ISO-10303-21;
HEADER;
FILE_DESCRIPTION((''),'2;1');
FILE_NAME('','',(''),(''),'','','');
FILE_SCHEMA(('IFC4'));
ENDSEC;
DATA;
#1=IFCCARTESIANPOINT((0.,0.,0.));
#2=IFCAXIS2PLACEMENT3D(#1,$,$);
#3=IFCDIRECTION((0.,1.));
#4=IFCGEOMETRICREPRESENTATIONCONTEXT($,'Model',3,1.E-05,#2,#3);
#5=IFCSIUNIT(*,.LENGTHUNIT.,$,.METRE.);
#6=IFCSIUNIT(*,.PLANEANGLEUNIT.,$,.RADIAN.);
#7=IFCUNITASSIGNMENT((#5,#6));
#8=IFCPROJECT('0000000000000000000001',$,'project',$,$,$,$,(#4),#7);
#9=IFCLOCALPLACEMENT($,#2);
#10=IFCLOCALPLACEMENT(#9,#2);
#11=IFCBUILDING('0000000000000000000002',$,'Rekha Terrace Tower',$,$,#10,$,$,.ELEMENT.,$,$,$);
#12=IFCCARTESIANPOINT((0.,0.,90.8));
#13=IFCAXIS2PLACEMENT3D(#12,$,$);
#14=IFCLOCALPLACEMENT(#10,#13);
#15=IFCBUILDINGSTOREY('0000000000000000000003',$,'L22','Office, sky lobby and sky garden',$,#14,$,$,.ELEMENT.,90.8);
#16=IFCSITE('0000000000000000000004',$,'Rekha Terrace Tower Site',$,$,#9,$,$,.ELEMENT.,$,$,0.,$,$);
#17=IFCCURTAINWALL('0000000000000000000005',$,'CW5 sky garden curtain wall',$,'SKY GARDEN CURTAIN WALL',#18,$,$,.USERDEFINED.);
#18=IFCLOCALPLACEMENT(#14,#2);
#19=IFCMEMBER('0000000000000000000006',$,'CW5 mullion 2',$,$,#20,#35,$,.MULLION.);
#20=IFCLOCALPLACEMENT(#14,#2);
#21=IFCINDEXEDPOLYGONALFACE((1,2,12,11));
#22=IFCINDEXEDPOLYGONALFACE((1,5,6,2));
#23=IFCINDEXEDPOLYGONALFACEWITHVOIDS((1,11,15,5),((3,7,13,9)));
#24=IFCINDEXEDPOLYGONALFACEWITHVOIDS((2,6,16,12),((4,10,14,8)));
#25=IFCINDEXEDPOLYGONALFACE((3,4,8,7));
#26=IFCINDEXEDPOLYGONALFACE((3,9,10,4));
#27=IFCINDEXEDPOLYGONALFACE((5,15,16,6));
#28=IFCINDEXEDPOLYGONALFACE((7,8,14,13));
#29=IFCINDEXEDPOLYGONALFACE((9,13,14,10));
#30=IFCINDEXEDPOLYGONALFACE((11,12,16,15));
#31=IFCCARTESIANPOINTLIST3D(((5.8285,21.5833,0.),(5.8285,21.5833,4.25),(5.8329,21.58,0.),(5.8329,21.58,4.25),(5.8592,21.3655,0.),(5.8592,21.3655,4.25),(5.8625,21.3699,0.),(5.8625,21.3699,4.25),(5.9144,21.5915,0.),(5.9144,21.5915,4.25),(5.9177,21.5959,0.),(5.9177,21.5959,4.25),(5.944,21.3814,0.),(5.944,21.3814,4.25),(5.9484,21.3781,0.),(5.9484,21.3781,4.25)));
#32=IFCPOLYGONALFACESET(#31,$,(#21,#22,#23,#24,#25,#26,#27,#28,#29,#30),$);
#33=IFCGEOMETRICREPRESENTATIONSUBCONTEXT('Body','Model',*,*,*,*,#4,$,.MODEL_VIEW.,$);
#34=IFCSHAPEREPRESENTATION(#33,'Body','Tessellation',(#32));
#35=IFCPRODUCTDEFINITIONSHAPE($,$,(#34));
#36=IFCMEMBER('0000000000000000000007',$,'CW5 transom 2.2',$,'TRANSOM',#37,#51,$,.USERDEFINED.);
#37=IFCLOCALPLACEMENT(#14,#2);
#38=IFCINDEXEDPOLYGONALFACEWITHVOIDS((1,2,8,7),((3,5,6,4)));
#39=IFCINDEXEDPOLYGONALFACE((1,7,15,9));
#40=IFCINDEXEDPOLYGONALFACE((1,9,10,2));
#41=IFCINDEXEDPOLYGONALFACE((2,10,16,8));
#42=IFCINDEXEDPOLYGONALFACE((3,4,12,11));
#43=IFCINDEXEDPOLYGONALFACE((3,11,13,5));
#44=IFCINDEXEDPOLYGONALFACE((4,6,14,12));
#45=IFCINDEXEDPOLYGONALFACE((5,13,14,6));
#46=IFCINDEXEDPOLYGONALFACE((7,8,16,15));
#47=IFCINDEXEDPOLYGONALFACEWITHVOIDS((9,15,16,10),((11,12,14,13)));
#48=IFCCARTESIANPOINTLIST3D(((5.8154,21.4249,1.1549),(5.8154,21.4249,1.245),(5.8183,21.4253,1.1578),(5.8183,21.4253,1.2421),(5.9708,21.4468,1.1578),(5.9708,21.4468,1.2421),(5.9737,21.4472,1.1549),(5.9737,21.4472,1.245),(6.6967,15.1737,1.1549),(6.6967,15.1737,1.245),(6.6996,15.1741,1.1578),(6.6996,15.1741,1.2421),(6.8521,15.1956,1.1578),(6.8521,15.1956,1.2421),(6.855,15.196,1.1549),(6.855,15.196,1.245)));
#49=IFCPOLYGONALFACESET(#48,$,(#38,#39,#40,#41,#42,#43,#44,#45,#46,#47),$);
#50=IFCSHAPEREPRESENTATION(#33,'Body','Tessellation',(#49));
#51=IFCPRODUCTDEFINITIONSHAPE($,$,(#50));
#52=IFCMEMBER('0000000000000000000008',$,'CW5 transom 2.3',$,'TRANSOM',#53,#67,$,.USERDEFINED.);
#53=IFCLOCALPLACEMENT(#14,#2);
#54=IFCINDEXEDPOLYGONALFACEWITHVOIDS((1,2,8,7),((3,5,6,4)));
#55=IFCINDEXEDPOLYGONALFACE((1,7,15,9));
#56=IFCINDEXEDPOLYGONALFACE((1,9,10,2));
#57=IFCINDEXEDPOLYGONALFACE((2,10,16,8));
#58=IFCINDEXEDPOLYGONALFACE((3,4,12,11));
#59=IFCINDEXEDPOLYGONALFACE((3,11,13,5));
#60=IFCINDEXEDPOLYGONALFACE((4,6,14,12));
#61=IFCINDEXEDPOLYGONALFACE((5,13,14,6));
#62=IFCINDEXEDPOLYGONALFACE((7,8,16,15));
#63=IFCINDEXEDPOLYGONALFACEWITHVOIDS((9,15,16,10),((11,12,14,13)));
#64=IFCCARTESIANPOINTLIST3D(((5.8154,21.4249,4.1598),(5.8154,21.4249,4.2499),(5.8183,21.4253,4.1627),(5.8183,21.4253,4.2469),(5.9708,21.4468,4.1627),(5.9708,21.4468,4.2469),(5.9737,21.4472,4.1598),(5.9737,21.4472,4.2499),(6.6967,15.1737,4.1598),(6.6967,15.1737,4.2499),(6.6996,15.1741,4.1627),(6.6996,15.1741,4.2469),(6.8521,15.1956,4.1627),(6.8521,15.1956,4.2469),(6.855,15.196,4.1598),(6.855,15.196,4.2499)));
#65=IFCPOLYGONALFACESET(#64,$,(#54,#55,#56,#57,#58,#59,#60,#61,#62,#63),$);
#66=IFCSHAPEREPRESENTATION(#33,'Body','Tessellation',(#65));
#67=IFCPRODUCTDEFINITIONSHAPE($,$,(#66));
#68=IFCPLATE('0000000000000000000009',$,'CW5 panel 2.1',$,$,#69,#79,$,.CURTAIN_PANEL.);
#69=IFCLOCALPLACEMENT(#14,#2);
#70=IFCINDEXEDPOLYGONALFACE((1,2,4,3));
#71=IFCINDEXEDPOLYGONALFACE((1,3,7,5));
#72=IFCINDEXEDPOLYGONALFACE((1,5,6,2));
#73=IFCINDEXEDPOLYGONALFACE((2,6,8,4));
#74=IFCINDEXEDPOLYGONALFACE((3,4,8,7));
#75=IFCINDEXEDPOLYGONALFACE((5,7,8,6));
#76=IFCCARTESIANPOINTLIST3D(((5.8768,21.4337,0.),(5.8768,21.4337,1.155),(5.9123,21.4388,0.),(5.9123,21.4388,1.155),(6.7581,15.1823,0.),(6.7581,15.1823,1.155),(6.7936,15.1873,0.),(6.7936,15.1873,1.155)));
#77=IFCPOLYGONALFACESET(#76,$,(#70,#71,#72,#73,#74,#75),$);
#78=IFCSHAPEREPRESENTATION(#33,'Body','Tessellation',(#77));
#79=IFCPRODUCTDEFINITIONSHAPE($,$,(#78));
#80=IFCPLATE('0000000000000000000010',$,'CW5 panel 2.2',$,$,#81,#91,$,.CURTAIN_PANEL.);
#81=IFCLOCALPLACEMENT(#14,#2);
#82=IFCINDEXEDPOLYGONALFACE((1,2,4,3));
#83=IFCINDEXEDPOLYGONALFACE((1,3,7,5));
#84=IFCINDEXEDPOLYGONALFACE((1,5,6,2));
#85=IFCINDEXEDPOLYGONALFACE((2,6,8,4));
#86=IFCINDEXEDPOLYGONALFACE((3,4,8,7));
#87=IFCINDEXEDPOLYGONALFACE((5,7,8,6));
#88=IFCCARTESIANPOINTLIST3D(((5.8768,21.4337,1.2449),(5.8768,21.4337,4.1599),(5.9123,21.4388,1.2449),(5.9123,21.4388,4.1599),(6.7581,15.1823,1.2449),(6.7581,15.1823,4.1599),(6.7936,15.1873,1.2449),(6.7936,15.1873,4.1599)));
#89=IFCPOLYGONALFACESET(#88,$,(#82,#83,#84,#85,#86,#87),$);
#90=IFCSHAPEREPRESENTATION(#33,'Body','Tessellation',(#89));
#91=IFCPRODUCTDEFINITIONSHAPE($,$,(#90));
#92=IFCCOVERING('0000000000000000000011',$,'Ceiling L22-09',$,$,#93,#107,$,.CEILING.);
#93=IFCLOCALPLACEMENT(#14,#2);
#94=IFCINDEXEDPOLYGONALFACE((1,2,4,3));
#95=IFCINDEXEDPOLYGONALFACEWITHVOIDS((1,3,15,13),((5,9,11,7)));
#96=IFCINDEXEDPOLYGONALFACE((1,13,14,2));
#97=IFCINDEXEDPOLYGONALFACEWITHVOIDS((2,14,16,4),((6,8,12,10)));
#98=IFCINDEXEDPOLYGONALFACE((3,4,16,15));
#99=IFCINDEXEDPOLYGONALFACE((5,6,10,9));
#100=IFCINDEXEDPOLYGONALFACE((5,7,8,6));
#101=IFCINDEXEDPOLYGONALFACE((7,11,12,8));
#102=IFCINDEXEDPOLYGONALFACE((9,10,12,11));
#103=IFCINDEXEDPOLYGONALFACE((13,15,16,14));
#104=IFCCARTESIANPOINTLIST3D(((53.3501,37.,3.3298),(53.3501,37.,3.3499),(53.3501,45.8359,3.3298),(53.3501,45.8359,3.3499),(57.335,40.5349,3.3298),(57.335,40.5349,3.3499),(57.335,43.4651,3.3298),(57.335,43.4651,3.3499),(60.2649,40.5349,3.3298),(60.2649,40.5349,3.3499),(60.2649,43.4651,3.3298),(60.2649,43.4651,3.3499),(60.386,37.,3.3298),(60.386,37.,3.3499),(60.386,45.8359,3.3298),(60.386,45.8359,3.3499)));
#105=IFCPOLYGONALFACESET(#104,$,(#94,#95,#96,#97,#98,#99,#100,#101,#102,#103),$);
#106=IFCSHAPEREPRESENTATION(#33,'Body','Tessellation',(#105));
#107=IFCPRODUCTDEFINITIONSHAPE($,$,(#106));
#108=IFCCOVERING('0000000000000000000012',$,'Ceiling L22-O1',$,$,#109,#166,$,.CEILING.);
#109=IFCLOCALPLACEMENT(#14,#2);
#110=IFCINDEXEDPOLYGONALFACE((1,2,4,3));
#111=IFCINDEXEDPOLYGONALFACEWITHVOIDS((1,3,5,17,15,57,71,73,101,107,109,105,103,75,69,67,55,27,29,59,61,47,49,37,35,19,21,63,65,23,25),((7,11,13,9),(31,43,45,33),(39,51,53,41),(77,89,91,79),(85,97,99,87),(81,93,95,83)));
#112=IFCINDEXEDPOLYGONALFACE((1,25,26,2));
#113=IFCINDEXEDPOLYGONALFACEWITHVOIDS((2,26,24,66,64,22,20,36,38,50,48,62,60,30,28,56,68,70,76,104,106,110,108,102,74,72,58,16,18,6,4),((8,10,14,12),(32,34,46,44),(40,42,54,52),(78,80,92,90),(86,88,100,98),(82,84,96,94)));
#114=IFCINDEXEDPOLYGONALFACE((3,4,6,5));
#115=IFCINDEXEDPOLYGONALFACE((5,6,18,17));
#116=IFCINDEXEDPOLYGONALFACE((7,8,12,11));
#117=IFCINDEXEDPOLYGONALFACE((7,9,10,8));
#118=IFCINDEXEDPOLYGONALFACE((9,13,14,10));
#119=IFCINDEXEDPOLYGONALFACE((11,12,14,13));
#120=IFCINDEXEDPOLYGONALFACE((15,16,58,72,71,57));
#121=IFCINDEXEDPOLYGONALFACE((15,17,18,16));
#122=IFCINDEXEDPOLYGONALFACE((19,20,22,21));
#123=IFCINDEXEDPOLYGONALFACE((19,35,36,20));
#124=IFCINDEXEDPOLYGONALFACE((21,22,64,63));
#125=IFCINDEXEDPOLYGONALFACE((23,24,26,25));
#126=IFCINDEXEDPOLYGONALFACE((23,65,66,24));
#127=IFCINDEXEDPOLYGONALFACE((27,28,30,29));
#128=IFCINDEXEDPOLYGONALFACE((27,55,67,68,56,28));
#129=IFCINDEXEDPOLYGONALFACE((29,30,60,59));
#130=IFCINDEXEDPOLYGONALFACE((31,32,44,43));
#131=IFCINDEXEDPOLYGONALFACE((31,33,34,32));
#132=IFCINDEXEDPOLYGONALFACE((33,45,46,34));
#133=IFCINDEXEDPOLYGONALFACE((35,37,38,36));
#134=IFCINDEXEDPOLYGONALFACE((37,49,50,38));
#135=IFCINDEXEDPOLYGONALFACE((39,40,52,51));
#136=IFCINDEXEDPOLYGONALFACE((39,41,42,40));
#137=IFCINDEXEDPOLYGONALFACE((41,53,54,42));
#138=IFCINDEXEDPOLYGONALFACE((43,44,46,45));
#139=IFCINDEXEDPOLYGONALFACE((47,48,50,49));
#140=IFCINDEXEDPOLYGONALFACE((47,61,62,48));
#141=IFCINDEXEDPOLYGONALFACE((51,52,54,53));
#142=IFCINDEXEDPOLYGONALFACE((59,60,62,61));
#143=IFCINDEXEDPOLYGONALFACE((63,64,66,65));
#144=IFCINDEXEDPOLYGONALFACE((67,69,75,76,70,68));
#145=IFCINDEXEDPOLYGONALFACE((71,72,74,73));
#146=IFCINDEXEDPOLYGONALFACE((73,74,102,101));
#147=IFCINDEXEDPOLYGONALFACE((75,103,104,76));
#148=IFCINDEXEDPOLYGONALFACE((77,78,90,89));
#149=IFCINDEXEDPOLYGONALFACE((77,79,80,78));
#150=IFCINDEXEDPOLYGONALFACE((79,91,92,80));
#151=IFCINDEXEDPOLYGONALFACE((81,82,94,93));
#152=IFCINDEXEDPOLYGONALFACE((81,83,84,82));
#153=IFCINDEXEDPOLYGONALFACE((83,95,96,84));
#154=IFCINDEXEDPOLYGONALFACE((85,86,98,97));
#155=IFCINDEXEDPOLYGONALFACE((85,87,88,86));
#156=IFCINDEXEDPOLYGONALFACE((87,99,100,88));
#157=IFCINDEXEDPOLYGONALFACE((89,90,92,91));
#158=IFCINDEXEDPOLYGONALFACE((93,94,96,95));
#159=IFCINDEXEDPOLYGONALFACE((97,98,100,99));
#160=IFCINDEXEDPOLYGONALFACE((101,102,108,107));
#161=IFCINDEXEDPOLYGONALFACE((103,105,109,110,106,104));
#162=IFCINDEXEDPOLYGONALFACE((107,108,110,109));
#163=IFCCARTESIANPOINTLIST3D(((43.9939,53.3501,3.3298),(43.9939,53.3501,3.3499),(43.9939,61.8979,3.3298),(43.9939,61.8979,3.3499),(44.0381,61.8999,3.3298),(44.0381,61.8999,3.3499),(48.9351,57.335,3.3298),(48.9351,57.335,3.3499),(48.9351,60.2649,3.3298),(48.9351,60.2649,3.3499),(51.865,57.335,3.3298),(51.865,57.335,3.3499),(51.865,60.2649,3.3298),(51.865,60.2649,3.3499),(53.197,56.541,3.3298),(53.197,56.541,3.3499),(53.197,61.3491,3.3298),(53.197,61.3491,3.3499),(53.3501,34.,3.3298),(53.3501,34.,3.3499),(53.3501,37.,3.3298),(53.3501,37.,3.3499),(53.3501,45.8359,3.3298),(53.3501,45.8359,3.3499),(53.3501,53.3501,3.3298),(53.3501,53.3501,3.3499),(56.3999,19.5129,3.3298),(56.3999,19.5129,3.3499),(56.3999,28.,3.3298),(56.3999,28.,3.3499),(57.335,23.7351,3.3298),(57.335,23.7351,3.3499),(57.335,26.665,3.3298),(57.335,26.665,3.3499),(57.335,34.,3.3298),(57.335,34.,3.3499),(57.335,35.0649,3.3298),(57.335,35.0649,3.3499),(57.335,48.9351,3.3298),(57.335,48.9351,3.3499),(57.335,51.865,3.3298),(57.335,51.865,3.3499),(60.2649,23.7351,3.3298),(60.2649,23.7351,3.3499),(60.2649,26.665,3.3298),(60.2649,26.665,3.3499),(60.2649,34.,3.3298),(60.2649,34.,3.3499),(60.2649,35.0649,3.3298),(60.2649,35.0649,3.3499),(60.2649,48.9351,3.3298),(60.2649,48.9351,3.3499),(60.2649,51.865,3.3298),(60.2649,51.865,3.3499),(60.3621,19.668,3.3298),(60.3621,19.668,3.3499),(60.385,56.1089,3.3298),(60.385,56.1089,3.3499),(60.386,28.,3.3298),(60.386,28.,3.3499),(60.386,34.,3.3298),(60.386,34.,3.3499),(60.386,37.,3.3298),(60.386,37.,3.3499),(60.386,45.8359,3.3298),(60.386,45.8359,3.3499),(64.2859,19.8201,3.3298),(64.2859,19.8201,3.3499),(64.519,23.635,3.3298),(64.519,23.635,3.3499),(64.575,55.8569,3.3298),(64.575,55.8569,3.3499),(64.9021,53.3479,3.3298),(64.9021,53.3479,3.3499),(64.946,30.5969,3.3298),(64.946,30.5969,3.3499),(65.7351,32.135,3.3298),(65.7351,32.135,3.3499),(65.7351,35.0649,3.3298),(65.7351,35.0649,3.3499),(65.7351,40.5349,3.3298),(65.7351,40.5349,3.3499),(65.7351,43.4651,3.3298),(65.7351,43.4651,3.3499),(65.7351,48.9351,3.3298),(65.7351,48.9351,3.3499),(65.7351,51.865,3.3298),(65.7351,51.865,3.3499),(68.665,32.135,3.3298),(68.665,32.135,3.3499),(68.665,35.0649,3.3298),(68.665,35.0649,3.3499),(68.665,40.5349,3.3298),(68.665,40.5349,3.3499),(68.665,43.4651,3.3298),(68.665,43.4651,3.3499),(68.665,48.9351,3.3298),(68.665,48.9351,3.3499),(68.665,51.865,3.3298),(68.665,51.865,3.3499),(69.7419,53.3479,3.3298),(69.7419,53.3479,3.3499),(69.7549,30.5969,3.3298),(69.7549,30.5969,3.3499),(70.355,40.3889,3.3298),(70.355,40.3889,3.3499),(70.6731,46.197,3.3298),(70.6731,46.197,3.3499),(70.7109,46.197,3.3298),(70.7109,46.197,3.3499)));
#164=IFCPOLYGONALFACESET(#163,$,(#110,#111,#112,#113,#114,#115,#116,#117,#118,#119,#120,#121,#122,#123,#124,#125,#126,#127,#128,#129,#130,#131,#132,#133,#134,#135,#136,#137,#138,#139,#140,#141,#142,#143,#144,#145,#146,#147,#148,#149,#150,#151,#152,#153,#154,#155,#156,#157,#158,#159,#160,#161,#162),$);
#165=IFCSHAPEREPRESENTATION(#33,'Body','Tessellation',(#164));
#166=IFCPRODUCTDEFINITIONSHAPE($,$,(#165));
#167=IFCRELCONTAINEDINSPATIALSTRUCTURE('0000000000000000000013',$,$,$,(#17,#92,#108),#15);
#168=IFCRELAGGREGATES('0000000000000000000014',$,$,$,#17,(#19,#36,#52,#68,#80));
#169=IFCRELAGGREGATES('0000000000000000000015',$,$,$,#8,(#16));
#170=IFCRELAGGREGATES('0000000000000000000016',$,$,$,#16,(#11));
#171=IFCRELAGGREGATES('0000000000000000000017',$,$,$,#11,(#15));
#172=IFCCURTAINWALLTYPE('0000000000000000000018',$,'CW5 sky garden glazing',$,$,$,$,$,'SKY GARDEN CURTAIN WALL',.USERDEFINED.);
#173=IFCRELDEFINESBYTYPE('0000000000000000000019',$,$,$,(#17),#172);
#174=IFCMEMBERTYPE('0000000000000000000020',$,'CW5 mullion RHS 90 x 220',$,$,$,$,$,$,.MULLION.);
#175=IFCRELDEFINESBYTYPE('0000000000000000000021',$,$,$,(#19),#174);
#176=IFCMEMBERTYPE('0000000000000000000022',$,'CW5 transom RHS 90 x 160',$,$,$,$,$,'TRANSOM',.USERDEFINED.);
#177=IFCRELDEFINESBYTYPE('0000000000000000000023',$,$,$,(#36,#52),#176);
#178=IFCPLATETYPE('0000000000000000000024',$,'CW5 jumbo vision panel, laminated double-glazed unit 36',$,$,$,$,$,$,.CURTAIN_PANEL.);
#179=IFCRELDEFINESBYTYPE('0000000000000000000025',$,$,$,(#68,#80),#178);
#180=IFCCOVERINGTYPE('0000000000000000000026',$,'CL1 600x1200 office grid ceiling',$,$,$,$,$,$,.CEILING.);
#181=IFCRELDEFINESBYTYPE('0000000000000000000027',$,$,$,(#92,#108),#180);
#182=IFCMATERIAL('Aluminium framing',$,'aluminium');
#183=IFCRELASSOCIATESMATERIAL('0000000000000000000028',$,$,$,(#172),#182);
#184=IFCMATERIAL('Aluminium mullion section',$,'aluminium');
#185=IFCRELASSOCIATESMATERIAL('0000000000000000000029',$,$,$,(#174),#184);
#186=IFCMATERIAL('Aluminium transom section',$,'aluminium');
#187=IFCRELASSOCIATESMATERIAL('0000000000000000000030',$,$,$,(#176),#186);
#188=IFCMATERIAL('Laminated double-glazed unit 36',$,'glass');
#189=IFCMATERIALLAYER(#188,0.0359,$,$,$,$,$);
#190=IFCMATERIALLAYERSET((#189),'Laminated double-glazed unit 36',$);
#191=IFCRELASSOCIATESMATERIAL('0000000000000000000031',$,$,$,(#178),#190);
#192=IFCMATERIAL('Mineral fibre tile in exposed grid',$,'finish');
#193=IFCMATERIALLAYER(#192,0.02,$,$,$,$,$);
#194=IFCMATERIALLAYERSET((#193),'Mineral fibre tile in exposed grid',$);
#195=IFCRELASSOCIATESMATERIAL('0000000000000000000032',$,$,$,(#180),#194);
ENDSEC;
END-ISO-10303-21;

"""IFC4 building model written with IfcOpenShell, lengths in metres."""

from ifc_helpers import new_model, si_unit, direction, frame, origin, origin_2d, place, context, subcontext, project, spatial, polyline, rectangle, hollow_rectangle, outline, extrude, material, layer, layer_set, material_profile, profile_set, type_object, element, aggregate, save


model = new_model("IFC4")

# Units and contexts
model_context = context("Model", 3, precision=1e-05, world=origin(), true_north=direction((0.0, 1.0)))
body_context = subcontext(model_context, "Body", "Model", "MODEL_VIEW")
ifc_project = project(units=[si_unit("LENGTHUNIT", "METRE"), si_unit("PLANEANGLEUNIT", "RADIAN")], contexts=[model_context])

# Site, building, storey
site_placement = place(None, origin())
site = spatial("IfcSite", under=ifc_project, at=site_placement, Name="Rekha Terrace Tower Site", CompositionType="ELEMENT", RefElevation=0.0)
building_placement = place(site_placement, origin())
building = spatial("IfcBuilding", under=site, at=building_placement, Name="Rekha Terrace Tower", CompositionType="ELEMENT")
storey_placement = place(building_placement, frame((0.0, 0.0, 90.8)))
storey = spatial("IfcBuildingStorey", under=building, at=storey_placement, Name="L22", Description="Office, sky lobby and sky garden", CompositionType="ELEMENT", Elevation=90.8)

# Curtain wall, members, plates
ifc_material_1 = material(Name="Aluminium framing", Category="aluminium")
curtain_wall_type = type_object("IfcCurtainWallType", Name="CW5 sky garden glazing", ElementType="SKY GARDEN CURTAIN WALL", PredefinedType="USERDEFINED", material=ifc_material_1)
curtain_wall_placement = place(storey_placement, origin())
curtain_wall = element("IfcCurtainWall", 1, at=curtain_wall_placement, inside=storey, type_object=curtain_wall_type, Name="CW5 sky garden curtain wall", ObjectType="SKY GARDEN CURTAIN WALL", PredefinedType="USERDEFINED")
ifc_material_2 = material(Name="Aluminium mullion section", Category="aluminium")
ifc_material_profile_1 = material_profile(ifc_material_2, hollow_rectangle(XDim=0.0901, YDim=0.22, WallThickness=0.0039, at=origin_2d()), Name="AL RHS 90x220")
ifc_profile_set_1 = profile_set([ifc_material_profile_1], Name="Aluminium mullion section")
member_type_1 = type_object("IfcMemberType", Name="CW5 mullion RHS 90 x 220", PredefinedType="MULLION", material=ifc_profile_set_1)
member_1_placement = place(storey_placement, frame((5.8884, 21.4807, 0.0), z_axis=(0.0, 0.0, 1.0), x_axis=(0.990208, 0.139597, 0.0)))
member_1 = element("IfcMember", 2, at=member_1_placement, type_object=member_type_1, Name="CW5 mullion 2", PredefinedType="MULLION", context=body_context, shape_type="SweptSolid", body=[
    extrude(hollow_rectangle(XDim=0.0901, YDim=0.22, WallThickness=0.0039, at=origin_2d()), origin(), (0.0, 0.0, 1.0), 4.25),
])
ifc_material_3 = material(Name="Aluminium transom section", Category="aluminium")
ifc_material_profile_2 = material_profile(ifc_material_3, hollow_rectangle(XDim=0.1599, YDim=0.0901, WallThickness=0.0029, at=origin_2d()), Name="AL RHS 160x90")
ifc_profile_set_2 = profile_set([ifc_material_profile_2], Name="Aluminium transom section")
member_type_2 = type_object("IfcMemberType", Name="CW5 transom RHS 90 x 160", ElementType="TRANSOM", PredefinedType="USERDEFINED", material=ifc_profile_set_2)
member_2_placement = place(storey_placement, frame((5.8945, 21.436, 1.2), z_axis=(0.139607, -0.990207, 0.0), x_axis=(0.990207, 0.139607, 0.0)))
member_2 = element("IfcMember", 3, at=member_2_placement, type_object=member_type_2, Name="CW5 transom 2.2", ObjectType="TRANSOM", PredefinedType="USERDEFINED", context=body_context, shape_type="SweptSolid", body=[
    extrude(hollow_rectangle(XDim=0.1599, YDim=0.0901, WallThickness=0.0029, at=origin_2d()), origin(), (0.0, 0.0, 1.0), 6.313),
])
member_3_placement = place(storey_placement, frame((5.8945, 21.436, 4.2048), z_axis=(0.139607, -0.990207, 0.0), x_axis=(0.990207, 0.139607, 0.0)))
member_3 = element("IfcMember", 4, at=member_3_placement, type_object=member_type_2, Name="CW5 transom 2.3", ObjectType="TRANSOM", PredefinedType="USERDEFINED", context=body_context, shape_type="SweptSolid", body=[
    extrude(hollow_rectangle(XDim=0.1599, YDim=0.0901, WallThickness=0.0029, at=origin_2d()), origin(), (0.0, 0.0, 1.0), 6.313),
])
ifc_material_4 = material(Name="Laminated double-glazed unit 36", Category="glass")
ifc_layer_1 = layer(ifc_material_4, 0.0359)
ifc_layer_set_1 = layer_set([ifc_layer_1], Name="Laminated double-glazed unit 36")
plate_type = type_object("IfcPlateType", Name="CW5 jumbo vision panel, laminated double-glazed unit 36", PredefinedType="CURTAIN_PANEL", material=ifc_layer_set_1)
plate_1_placement = place(storey_placement, frame((6.3352, 18.3105, 0.0), z_axis=(0.0, 0.0, 1.0), x_axis=(0.139597, -0.990208, 0.0)))
plate_1 = element("IfcPlate", 5, at=plate_1_placement, type_object=plate_type, Name="CW5 panel 2.1", PredefinedType="CURTAIN_PANEL", context=body_context, shape_type="SweptSolid", body=[
    extrude(rectangle(XDim=6.3132, YDim=0.0359, at=origin_2d()), origin(), (0.0, 0.0, 1.0), 1.155),
])
plate_2_placement = place(storey_placement, frame((6.3352, 18.3105, 1.2449), z_axis=(0.0, 0.0, 1.0), x_axis=(0.139597, -0.990208, 0.0)))
plate_2 = element("IfcPlate", 6, at=plate_2_placement, type_object=plate_type, Name="CW5 panel 2.2", PredefinedType="CURTAIN_PANEL", context=body_context, shape_type="SweptSolid", body=[
    extrude(rectangle(XDim=6.3132, YDim=0.0359, at=origin_2d()), origin(), (0.0, 0.0, 1.0), 2.915),
])
aggregate(curtain_wall, [member_1, member_2, member_3, plate_1, plate_2])

# Coverings
ifc_material_5 = material(Name="Mineral fibre tile in exposed grid", Category="finish")
ifc_layer_2 = layer(ifc_material_5, 0.02)
ifc_layer_set_2 = layer_set([ifc_layer_2], Name="Mineral fibre tile in exposed grid")
covering_type_1 = type_object("IfcCoveringType", Name="CL1 600x1200 office grid ceiling", PredefinedType="CEILING", material=ifc_layer_set_2)
covering_1_placement = place(storey_placement, frame((0.0, 0.0, 3.3298)))
element("IfcCovering", 7, at=covering_1_placement, inside=storey, type_object=covering_type_1, Name="Ceiling L22-09", PredefinedType="CEILING", context=body_context, shape_type="SweptSolid", body=[
    extrude(outline(polyline([(53.3501, 37.0), (60.386, 37.0), (60.386, 45.8359), (53.3501, 45.8359), (53.3501, 37.0)]), holes=[polyline([(60.2649, 40.5349), (57.335, 40.5349), (57.335, 43.4651), (60.2649, 43.4651), (60.2649, 40.5349)])]), origin(), (0.0, 0.0, 1.0), 0.02),
])
covering_2_placement = place(storey_placement, frame((0.0, 0.0, 3.3298)))
element("IfcCovering", 8, at=covering_2_placement, inside=storey, type_object=covering_type_1, Name="Ceiling L22-O1", PredefinedType="CEILING", context=body_context, shape_type="SweptSolid", body=[
    extrude(outline(polyline([(56.3999, 19.5129), (60.3621, 19.668), (64.2859, 19.8201), (64.519, 23.635), (64.946, 30.5969), (69.7549, 30.5969), (70.355, 40.3889), (70.7109, 46.197), (70.6731, 46.197), (69.7419, 53.3479), (64.9021, 53.3479), (64.575, 55.8569), (60.385, 56.1089), (53.197, 56.541), (53.197, 61.3491), (44.0381, 61.8999), (43.9939, 61.8979), (43.9939, 53.3501), (53.3501, 53.3501), (53.3501, 45.8359), (60.386, 45.8359), (60.386, 37.0), (53.3501, 37.0), (53.3501, 34.0), (57.335, 34.0), (57.335, 35.0649), (60.2649, 35.0649), (60.2649, 34.0), (60.386, 34.0), (60.386, 28.0), (56.3999, 28.0), (56.3999, 19.5129)]), holes=[polyline([(68.665, 35.0649), (68.665, 32.135), (65.7351, 32.135), (65.7351, 35.0649), (68.665, 35.0649)]), polyline([(68.665, 40.5349), (65.7351, 40.5349), (65.7351, 43.4651), (68.665, 43.4651), (68.665, 40.5349)]), polyline([(68.665, 48.9351), (65.7351, 48.9351), (65.7351, 51.865), (68.665, 51.865), (68.665, 48.9351)]), polyline([(60.2649, 26.665), (60.2649, 23.7351), (57.335, 23.7351), (57.335, 26.665), (60.2649, 26.665)]), polyline([(60.2649, 48.9351), (57.335, 48.9351), (57.335, 51.865), (60.2649, 51.865), (60.2649, 48.9351)]), polyline([(51.865, 57.335), (48.9351, 57.335), (48.9351, 60.2649), (51.865, 60.2649), (51.865, 57.335)])]), origin(), (0.0, 0.0, 1.0), 0.02),
])

save(model, "model.ifc")
